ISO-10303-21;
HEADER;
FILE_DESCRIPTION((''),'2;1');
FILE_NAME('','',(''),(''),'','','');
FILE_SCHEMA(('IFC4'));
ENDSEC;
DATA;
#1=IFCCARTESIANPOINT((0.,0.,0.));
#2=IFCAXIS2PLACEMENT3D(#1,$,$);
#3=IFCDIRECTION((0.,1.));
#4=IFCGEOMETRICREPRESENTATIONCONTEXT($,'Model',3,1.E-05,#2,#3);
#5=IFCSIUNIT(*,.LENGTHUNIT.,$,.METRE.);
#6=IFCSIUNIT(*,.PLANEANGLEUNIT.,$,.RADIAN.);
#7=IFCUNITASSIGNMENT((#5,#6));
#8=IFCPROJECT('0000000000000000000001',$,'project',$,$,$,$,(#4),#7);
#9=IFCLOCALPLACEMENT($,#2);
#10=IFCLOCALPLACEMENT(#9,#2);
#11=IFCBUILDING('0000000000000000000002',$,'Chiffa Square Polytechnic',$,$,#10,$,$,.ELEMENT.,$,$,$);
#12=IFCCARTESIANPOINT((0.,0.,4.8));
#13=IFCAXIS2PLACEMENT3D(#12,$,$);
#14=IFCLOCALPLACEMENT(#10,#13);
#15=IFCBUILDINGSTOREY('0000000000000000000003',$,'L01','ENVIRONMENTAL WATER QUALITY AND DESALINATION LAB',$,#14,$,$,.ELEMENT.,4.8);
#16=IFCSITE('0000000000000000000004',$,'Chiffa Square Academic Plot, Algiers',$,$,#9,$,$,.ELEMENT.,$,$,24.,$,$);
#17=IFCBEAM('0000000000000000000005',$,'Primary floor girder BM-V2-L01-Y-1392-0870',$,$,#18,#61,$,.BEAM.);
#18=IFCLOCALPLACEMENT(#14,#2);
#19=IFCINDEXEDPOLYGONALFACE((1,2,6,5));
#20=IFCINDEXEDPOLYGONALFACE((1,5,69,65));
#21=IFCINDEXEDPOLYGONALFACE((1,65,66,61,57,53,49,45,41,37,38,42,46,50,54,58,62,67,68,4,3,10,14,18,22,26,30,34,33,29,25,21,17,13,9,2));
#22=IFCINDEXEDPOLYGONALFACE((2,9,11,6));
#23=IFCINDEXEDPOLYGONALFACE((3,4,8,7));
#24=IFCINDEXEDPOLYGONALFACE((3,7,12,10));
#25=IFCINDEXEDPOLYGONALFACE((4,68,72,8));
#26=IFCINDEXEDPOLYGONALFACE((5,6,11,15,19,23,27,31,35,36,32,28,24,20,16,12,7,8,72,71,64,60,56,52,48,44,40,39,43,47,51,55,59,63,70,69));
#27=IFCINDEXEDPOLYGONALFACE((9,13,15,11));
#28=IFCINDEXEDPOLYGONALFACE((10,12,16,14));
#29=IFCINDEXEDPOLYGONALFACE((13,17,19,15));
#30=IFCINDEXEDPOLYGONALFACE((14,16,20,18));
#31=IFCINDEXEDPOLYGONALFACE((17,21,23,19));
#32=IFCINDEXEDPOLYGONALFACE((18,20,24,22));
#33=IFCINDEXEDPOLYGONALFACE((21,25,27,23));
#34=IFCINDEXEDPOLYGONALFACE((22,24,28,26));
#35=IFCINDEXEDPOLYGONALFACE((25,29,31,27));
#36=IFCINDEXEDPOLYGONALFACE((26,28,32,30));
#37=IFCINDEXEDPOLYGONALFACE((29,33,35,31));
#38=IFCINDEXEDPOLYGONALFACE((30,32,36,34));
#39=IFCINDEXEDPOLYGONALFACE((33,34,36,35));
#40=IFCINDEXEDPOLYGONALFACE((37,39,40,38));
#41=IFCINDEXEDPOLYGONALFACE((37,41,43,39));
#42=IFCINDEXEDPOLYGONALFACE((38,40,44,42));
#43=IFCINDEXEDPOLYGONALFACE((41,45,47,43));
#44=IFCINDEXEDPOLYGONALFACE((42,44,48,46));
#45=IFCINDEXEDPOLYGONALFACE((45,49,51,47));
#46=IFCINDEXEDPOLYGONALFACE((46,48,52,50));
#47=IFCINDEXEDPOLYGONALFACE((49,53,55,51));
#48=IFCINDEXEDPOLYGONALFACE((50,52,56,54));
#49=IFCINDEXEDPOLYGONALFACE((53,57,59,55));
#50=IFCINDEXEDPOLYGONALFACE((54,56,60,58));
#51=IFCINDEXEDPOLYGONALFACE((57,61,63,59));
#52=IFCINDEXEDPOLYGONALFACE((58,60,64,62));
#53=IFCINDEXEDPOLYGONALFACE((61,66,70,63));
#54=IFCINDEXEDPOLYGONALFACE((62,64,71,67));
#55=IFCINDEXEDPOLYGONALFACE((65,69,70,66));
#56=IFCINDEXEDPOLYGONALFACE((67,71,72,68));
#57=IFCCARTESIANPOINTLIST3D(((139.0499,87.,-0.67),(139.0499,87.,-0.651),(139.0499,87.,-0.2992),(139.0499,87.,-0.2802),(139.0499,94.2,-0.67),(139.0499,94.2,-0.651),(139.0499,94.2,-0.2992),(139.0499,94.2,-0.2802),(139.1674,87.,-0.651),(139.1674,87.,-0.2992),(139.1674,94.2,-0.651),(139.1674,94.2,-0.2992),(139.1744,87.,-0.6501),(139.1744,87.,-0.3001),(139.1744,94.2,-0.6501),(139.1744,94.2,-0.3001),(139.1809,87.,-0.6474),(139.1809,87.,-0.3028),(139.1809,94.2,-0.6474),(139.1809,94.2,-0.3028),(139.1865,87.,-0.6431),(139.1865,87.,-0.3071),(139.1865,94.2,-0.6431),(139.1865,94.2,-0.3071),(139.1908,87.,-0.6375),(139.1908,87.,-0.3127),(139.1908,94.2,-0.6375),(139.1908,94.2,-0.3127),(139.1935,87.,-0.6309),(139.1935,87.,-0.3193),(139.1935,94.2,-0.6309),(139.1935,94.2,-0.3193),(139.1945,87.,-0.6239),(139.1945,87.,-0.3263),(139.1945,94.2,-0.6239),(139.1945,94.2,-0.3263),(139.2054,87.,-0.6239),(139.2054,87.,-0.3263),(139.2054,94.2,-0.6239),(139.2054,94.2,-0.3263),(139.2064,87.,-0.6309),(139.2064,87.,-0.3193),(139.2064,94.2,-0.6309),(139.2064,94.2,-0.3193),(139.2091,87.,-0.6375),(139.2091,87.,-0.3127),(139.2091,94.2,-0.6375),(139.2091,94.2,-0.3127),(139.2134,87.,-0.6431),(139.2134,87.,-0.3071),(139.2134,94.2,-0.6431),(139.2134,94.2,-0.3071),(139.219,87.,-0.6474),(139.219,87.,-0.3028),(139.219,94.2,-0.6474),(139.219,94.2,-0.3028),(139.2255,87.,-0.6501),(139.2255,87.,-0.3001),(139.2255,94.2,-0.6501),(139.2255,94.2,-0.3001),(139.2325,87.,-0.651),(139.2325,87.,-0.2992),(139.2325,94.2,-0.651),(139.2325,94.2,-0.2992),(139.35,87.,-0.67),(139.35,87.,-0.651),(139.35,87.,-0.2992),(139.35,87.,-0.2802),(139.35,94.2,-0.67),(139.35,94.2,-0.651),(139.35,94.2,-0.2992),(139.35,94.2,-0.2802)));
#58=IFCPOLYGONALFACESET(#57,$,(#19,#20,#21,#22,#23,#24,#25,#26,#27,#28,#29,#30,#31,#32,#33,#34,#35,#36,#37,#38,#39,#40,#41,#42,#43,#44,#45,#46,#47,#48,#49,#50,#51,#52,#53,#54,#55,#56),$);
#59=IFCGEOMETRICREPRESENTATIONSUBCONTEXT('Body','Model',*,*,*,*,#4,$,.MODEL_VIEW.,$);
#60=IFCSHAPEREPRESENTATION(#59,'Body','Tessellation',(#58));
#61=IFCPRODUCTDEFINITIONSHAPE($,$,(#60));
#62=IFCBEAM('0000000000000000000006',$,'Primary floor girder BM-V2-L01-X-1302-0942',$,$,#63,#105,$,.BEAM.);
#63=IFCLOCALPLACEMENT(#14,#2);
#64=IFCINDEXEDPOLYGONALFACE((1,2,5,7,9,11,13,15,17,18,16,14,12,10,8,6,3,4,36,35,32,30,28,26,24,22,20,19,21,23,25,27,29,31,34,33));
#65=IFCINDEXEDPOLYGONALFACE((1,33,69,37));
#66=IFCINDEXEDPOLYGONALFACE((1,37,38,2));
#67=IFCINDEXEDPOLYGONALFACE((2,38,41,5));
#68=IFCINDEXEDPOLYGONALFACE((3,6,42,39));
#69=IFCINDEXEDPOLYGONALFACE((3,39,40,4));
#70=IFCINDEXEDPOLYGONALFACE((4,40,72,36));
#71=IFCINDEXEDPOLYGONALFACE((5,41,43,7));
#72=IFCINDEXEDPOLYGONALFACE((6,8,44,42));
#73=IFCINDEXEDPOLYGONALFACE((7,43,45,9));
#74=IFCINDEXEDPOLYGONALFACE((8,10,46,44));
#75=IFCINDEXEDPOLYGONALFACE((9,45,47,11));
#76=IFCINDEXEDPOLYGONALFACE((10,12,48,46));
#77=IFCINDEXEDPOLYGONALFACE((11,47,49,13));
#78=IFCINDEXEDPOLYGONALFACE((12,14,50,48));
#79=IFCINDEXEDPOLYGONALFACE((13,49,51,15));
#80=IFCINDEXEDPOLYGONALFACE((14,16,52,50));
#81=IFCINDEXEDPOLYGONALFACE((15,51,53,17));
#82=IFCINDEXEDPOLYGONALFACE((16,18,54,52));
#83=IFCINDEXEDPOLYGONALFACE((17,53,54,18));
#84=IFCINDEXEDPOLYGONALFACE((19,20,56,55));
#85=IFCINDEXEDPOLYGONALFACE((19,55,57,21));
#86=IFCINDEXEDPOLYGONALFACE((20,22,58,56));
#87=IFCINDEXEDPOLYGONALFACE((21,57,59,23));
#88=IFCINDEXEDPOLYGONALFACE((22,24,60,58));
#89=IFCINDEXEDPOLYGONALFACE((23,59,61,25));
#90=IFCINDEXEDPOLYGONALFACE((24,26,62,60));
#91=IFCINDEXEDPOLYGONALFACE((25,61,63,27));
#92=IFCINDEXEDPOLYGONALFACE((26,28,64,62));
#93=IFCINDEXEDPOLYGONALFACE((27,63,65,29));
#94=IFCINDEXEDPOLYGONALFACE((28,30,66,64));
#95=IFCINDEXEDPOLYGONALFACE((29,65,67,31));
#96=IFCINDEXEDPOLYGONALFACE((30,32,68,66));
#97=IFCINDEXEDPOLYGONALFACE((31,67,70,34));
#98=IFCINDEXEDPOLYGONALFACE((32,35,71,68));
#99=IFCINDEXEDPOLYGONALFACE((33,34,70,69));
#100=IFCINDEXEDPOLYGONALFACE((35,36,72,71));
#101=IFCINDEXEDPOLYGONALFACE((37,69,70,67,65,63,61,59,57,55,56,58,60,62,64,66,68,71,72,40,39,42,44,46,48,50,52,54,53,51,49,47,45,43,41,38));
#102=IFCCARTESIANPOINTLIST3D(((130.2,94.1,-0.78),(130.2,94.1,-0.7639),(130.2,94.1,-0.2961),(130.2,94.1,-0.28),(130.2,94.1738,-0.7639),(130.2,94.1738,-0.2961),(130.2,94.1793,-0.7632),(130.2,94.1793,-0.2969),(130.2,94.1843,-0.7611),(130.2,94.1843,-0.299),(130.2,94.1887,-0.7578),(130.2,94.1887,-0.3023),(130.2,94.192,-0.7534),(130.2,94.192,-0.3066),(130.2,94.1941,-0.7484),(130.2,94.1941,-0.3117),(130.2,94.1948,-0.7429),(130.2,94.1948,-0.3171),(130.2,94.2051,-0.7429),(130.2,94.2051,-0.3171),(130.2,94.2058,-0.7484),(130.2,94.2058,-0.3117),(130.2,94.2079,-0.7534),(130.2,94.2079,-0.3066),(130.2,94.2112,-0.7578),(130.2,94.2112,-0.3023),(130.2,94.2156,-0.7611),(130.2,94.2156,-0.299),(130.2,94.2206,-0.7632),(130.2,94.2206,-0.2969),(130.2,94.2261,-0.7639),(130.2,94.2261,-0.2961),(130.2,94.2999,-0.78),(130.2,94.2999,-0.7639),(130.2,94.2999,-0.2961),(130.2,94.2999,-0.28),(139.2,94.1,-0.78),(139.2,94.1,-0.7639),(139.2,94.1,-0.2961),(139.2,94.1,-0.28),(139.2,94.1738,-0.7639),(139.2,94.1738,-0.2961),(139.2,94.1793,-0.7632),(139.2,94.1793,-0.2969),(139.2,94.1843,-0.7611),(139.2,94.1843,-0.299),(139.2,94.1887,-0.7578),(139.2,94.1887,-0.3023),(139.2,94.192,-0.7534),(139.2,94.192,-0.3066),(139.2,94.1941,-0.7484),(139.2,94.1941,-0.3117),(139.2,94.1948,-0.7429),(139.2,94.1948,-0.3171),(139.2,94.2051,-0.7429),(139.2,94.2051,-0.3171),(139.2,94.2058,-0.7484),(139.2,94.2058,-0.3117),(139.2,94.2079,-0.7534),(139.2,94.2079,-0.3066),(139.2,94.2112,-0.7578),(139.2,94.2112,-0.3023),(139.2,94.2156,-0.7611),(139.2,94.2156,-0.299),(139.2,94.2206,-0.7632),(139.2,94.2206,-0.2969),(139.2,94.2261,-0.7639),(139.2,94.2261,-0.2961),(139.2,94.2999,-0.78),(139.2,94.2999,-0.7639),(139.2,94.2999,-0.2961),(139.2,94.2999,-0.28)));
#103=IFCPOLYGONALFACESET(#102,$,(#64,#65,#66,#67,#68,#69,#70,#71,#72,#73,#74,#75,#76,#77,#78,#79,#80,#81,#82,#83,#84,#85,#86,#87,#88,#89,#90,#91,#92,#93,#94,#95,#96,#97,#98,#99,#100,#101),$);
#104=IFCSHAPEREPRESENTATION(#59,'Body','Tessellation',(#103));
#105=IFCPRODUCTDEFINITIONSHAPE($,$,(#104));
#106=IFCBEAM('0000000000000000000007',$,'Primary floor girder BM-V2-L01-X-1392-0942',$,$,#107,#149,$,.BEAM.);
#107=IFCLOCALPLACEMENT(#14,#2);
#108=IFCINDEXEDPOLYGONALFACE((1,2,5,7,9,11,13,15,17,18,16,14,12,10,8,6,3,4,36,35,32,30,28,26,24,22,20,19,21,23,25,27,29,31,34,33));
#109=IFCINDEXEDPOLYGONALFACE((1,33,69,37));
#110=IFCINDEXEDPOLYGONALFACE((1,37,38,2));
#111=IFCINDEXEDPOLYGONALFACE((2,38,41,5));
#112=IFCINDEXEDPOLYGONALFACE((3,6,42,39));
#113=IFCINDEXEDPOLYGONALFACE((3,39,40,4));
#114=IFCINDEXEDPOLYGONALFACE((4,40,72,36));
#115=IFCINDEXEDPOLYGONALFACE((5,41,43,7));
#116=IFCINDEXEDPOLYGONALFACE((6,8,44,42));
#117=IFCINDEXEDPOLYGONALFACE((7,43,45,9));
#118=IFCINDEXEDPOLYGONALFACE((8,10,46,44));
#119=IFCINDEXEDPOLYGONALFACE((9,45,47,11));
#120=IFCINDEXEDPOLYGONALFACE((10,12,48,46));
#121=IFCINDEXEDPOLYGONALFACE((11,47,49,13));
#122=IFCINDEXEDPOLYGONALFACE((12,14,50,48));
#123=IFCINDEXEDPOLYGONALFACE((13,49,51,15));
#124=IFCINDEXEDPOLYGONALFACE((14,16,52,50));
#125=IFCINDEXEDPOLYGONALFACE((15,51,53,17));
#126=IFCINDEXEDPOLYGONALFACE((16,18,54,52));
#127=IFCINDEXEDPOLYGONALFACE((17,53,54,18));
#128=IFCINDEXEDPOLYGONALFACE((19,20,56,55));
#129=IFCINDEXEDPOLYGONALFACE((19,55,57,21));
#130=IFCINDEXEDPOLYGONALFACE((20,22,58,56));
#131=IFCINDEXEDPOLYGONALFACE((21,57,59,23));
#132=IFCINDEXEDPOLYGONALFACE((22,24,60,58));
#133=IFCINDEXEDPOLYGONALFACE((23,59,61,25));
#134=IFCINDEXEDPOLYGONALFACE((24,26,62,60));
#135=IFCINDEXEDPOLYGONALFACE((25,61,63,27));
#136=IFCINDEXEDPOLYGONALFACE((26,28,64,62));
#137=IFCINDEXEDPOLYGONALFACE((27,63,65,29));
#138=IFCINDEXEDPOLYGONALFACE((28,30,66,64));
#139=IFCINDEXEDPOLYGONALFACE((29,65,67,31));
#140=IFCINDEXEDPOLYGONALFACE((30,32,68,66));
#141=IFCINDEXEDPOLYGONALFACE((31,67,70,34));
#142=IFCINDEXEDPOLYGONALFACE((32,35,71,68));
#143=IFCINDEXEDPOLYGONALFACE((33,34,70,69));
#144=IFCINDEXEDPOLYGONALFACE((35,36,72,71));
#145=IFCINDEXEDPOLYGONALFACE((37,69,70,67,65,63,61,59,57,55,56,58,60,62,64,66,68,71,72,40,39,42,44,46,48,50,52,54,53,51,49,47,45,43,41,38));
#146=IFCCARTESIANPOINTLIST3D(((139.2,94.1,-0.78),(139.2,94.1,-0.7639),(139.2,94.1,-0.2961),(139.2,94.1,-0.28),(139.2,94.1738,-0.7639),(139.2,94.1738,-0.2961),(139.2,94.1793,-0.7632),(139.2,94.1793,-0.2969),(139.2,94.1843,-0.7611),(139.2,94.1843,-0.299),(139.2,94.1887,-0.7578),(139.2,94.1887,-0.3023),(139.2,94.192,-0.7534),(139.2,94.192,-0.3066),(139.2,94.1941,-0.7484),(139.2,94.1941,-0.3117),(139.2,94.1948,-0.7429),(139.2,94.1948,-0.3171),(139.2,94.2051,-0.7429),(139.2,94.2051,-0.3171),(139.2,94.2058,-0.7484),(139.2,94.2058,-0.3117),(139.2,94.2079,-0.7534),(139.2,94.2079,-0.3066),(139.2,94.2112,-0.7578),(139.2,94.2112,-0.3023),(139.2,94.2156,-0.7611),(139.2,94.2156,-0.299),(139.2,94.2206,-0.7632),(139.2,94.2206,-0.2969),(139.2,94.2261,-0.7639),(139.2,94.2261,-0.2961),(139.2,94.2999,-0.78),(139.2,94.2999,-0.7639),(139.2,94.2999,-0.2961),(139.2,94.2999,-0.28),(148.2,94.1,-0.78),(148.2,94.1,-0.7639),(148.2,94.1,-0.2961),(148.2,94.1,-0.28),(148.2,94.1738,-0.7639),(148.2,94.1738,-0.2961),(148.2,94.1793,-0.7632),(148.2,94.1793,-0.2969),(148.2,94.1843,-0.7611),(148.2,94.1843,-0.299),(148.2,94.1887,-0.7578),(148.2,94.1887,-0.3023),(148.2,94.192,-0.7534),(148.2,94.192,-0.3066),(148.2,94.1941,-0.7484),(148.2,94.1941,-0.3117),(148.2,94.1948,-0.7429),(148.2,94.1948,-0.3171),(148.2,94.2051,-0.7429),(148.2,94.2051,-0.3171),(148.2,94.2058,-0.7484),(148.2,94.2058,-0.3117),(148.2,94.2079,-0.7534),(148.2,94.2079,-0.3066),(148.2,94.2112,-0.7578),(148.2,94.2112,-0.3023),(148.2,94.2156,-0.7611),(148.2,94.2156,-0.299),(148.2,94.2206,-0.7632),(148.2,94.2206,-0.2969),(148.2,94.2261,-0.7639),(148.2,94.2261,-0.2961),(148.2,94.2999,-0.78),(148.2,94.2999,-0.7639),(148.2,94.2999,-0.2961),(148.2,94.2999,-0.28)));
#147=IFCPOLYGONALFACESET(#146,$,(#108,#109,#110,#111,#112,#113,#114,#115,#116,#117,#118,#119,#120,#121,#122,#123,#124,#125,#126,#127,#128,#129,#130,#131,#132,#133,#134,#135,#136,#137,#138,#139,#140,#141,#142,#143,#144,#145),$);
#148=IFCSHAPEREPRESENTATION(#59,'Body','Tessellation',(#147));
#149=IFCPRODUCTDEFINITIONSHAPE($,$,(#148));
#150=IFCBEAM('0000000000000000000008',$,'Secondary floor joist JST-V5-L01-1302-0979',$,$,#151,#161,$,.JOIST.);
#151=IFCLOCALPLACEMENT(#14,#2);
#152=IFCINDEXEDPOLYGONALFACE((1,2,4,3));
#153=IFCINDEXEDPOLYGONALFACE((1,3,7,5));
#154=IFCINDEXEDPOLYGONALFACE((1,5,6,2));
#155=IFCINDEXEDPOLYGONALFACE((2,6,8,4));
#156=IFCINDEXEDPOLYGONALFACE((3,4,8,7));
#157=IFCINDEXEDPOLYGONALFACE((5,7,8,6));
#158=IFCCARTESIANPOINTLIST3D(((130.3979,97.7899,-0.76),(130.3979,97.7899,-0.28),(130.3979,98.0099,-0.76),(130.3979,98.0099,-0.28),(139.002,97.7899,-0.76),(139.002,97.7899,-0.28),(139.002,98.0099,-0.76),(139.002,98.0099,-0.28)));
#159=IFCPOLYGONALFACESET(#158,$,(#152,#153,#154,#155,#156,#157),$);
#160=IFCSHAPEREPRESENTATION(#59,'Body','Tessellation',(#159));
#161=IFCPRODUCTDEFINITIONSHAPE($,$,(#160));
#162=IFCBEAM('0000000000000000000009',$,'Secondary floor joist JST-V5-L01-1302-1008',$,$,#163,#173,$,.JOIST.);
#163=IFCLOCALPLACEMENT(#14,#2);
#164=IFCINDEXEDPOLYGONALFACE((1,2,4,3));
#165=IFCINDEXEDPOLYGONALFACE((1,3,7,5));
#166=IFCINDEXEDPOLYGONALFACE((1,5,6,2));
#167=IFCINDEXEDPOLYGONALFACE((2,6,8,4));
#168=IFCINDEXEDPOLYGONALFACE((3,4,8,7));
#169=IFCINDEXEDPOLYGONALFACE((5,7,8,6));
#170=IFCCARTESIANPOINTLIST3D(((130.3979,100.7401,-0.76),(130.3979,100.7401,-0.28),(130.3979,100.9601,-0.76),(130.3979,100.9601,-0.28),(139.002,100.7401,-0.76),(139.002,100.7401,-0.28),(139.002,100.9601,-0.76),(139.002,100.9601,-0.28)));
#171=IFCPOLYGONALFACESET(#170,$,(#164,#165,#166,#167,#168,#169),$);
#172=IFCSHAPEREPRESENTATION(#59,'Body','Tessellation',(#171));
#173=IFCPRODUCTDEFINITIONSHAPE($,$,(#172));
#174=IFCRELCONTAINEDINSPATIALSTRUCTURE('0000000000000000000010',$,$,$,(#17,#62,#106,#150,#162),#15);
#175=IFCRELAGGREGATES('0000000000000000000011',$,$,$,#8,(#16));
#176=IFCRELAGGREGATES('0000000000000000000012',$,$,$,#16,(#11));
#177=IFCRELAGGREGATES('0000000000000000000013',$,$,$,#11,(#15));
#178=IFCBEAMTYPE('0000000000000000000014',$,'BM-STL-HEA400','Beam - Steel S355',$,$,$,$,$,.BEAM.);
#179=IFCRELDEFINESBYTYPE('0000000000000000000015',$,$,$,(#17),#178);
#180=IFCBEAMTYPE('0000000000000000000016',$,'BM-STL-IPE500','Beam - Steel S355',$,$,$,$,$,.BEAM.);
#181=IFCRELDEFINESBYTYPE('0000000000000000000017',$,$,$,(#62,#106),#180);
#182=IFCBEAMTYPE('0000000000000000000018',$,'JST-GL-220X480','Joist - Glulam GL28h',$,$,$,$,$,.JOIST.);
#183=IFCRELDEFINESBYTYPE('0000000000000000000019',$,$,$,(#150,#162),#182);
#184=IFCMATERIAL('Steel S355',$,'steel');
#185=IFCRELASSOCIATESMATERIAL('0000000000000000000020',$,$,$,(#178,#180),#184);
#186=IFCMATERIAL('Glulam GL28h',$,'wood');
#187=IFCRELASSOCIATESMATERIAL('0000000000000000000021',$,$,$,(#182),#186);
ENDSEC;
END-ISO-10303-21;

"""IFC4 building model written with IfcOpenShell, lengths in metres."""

from ifc_helpers import new_model, si_unit, direction, frame, origin, origin_2d, place, context, subcontext, project, spatial, rectangle, i_section, extrude, material, material_profile, profile_set, type_object, element, save


model = new_model("IFC4")

# Units and contexts
model_context = context("Model", 3, precision=1e-05, world=origin(), true_north=direction((0.0, 1.0)))
body_context = subcontext(model_context, "Body", "Model", "MODEL_VIEW")
ifc_project = project(units=[si_unit("LENGTHUNIT", "METRE"), si_unit("PLANEANGLEUNIT", "RADIAN")], contexts=[model_context])

# Site, building, storey
site_placement = place(None, origin())
site = spatial("IfcSite", under=ifc_project, at=site_placement, Name="Chiffa Square Academic Plot, Algiers", CompositionType="ELEMENT", RefElevation=24.0)
building_placement = place(site_placement, origin())
building = spatial("IfcBuilding", under=site, at=building_placement, Name="Chiffa Square Polytechnic", CompositionType="ELEMENT")
storey_placement = place(building_placement, frame((0.0, 0.0, 4.8)))
storey = spatial("IfcBuildingStorey", under=building, at=storey_placement, Name="L01", Description="ENVIRONMENTAL WATER QUALITY AND DESALINATION LAB", CompositionType="ELEMENT", Elevation=4.8)

# Shared definitions
ifc_material_1 = material(Name="Steel S355", Category="steel")

# Beams
ifc_material_profile_1 = material_profile(ifc_material_1, i_section(OverallWidth=0.3, OverallDepth=0.3899, WebThickness=0.011, FlangeThickness=0.019, FilletRadius=0.0271, at=origin_2d()), Name="HEA 400")
ifc_profile_set_1 = profile_set([ifc_material_profile_1], Name="Steel S355")
beam_type_1 = type_object("IfcBeamType", Name="BM-STL-HEA400", Description="Beam - Steel S355", PredefinedType="BEAM", material=ifc_profile_set_1)
beam_placement = place(storey_placement, frame((139.2, 87.0, -0.4751), z_axis=(0.0, 1.0, 0.0), x_axis=(-1.0, 0.0, 0.0)))
element("IfcBeam", 1, at=beam_placement, inside=storey, type_object=beam_type_1, Name="Primary floor girder BM-V2-L01-Y-1392-0870", PredefinedType="BEAM", context=body_context, shape_type="SweptSolid", body=[
    extrude(i_section(OverallWidth=0.3, OverallDepth=0.3899, WebThickness=0.011, FlangeThickness=0.019, FilletRadius=0.0271, at=origin_2d()), origin(), (0.0, 0.0, 1.0), 7.2),
])
ifc_material_profile_2 = material_profile(ifc_material_1, i_section(OverallWidth=0.2, OverallDepth=0.5, WebThickness=0.0103, FlangeThickness=0.0161, FilletRadius=0.021, at=origin_2d()), Name="IPE 500")
ifc_profile_set_2 = profile_set([ifc_material_profile_2], Name="Steel S355")
beam_type_2 = type_object("IfcBeamType", Name="BM-STL-IPE500", Description="Beam - Steel S355", PredefinedType="BEAM", material=ifc_profile_set_2)
for number, where, z_axis, x_axis, name in (
    (2, (130.2, 94.2, -0.53), (1.0, 0.0, 0.0), (0.0, 1.0, 0.0), "Primary floor girder BM-V2-L01-X-1302-0942"),
    (3, (139.2, 94.2, -0.53), (1.0, 0.0, 0.0), (0.0, 1.0, 0.0), "Primary floor girder BM-V2-L01-X-1392-0942"),
):
    element("IfcBeam", number, at=place(storey_placement, frame(where, z_axis=z_axis, x_axis=x_axis)), inside=storey, type_object=beam_type_2, Name=name, PredefinedType="BEAM", context=body_context, shape_type="SweptSolid", body=[
        extrude(i_section(OverallWidth=0.2, OverallDepth=0.5, WebThickness=0.0103, FlangeThickness=0.0161, FilletRadius=0.021, at=origin_2d()), origin(), (0.0, 0.0, 1.0), 9.0),
    ])
ifc_material_2 = material(Name="Glulam GL28h", Category="wood")
ifc_material_profile_3 = material_profile(ifc_material_2, rectangle(XDim=0.22, YDim=0.48, at=origin_2d()), Name="GL28h 220x480")
ifc_profile_set_3 = profile_set([ifc_material_profile_3], Name="Glulam GL28h")
beam_type_3 = type_object("IfcBeamType", Name="JST-GL-220X480", Description="Joist - Glulam GL28h", PredefinedType="JOIST", material=ifc_profile_set_3)
for number, where, z_axis, x_axis, name in (
    (4, (130.3979, 97.8999, -0.52), (1.0, 0.0, 0.0), (0.0, 1.0, 0.0), "Secondary floor joist JST-V5-L01-1302-0979"),
    (5, (130.3979, 100.8501, -0.52), (1.0, 0.0, 0.0), (0.0, 1.0, 0.0), "Secondary floor joist JST-V5-L01-1302-1008"),
):
    element("IfcBeam", number, at=place(storey_placement, frame(where, z_axis=z_axis, x_axis=x_axis)), inside=storey, type_object=beam_type_3, Name=name, PredefinedType="JOIST", context=body_context, shape_type="SweptSolid", body=[
        extrude(rectangle(XDim=0.22, YDim=0.48, at=origin_2d()), origin(), (0.0, 0.0, 1.0), 8.604),
    ])

save(model, "model.ifc")
